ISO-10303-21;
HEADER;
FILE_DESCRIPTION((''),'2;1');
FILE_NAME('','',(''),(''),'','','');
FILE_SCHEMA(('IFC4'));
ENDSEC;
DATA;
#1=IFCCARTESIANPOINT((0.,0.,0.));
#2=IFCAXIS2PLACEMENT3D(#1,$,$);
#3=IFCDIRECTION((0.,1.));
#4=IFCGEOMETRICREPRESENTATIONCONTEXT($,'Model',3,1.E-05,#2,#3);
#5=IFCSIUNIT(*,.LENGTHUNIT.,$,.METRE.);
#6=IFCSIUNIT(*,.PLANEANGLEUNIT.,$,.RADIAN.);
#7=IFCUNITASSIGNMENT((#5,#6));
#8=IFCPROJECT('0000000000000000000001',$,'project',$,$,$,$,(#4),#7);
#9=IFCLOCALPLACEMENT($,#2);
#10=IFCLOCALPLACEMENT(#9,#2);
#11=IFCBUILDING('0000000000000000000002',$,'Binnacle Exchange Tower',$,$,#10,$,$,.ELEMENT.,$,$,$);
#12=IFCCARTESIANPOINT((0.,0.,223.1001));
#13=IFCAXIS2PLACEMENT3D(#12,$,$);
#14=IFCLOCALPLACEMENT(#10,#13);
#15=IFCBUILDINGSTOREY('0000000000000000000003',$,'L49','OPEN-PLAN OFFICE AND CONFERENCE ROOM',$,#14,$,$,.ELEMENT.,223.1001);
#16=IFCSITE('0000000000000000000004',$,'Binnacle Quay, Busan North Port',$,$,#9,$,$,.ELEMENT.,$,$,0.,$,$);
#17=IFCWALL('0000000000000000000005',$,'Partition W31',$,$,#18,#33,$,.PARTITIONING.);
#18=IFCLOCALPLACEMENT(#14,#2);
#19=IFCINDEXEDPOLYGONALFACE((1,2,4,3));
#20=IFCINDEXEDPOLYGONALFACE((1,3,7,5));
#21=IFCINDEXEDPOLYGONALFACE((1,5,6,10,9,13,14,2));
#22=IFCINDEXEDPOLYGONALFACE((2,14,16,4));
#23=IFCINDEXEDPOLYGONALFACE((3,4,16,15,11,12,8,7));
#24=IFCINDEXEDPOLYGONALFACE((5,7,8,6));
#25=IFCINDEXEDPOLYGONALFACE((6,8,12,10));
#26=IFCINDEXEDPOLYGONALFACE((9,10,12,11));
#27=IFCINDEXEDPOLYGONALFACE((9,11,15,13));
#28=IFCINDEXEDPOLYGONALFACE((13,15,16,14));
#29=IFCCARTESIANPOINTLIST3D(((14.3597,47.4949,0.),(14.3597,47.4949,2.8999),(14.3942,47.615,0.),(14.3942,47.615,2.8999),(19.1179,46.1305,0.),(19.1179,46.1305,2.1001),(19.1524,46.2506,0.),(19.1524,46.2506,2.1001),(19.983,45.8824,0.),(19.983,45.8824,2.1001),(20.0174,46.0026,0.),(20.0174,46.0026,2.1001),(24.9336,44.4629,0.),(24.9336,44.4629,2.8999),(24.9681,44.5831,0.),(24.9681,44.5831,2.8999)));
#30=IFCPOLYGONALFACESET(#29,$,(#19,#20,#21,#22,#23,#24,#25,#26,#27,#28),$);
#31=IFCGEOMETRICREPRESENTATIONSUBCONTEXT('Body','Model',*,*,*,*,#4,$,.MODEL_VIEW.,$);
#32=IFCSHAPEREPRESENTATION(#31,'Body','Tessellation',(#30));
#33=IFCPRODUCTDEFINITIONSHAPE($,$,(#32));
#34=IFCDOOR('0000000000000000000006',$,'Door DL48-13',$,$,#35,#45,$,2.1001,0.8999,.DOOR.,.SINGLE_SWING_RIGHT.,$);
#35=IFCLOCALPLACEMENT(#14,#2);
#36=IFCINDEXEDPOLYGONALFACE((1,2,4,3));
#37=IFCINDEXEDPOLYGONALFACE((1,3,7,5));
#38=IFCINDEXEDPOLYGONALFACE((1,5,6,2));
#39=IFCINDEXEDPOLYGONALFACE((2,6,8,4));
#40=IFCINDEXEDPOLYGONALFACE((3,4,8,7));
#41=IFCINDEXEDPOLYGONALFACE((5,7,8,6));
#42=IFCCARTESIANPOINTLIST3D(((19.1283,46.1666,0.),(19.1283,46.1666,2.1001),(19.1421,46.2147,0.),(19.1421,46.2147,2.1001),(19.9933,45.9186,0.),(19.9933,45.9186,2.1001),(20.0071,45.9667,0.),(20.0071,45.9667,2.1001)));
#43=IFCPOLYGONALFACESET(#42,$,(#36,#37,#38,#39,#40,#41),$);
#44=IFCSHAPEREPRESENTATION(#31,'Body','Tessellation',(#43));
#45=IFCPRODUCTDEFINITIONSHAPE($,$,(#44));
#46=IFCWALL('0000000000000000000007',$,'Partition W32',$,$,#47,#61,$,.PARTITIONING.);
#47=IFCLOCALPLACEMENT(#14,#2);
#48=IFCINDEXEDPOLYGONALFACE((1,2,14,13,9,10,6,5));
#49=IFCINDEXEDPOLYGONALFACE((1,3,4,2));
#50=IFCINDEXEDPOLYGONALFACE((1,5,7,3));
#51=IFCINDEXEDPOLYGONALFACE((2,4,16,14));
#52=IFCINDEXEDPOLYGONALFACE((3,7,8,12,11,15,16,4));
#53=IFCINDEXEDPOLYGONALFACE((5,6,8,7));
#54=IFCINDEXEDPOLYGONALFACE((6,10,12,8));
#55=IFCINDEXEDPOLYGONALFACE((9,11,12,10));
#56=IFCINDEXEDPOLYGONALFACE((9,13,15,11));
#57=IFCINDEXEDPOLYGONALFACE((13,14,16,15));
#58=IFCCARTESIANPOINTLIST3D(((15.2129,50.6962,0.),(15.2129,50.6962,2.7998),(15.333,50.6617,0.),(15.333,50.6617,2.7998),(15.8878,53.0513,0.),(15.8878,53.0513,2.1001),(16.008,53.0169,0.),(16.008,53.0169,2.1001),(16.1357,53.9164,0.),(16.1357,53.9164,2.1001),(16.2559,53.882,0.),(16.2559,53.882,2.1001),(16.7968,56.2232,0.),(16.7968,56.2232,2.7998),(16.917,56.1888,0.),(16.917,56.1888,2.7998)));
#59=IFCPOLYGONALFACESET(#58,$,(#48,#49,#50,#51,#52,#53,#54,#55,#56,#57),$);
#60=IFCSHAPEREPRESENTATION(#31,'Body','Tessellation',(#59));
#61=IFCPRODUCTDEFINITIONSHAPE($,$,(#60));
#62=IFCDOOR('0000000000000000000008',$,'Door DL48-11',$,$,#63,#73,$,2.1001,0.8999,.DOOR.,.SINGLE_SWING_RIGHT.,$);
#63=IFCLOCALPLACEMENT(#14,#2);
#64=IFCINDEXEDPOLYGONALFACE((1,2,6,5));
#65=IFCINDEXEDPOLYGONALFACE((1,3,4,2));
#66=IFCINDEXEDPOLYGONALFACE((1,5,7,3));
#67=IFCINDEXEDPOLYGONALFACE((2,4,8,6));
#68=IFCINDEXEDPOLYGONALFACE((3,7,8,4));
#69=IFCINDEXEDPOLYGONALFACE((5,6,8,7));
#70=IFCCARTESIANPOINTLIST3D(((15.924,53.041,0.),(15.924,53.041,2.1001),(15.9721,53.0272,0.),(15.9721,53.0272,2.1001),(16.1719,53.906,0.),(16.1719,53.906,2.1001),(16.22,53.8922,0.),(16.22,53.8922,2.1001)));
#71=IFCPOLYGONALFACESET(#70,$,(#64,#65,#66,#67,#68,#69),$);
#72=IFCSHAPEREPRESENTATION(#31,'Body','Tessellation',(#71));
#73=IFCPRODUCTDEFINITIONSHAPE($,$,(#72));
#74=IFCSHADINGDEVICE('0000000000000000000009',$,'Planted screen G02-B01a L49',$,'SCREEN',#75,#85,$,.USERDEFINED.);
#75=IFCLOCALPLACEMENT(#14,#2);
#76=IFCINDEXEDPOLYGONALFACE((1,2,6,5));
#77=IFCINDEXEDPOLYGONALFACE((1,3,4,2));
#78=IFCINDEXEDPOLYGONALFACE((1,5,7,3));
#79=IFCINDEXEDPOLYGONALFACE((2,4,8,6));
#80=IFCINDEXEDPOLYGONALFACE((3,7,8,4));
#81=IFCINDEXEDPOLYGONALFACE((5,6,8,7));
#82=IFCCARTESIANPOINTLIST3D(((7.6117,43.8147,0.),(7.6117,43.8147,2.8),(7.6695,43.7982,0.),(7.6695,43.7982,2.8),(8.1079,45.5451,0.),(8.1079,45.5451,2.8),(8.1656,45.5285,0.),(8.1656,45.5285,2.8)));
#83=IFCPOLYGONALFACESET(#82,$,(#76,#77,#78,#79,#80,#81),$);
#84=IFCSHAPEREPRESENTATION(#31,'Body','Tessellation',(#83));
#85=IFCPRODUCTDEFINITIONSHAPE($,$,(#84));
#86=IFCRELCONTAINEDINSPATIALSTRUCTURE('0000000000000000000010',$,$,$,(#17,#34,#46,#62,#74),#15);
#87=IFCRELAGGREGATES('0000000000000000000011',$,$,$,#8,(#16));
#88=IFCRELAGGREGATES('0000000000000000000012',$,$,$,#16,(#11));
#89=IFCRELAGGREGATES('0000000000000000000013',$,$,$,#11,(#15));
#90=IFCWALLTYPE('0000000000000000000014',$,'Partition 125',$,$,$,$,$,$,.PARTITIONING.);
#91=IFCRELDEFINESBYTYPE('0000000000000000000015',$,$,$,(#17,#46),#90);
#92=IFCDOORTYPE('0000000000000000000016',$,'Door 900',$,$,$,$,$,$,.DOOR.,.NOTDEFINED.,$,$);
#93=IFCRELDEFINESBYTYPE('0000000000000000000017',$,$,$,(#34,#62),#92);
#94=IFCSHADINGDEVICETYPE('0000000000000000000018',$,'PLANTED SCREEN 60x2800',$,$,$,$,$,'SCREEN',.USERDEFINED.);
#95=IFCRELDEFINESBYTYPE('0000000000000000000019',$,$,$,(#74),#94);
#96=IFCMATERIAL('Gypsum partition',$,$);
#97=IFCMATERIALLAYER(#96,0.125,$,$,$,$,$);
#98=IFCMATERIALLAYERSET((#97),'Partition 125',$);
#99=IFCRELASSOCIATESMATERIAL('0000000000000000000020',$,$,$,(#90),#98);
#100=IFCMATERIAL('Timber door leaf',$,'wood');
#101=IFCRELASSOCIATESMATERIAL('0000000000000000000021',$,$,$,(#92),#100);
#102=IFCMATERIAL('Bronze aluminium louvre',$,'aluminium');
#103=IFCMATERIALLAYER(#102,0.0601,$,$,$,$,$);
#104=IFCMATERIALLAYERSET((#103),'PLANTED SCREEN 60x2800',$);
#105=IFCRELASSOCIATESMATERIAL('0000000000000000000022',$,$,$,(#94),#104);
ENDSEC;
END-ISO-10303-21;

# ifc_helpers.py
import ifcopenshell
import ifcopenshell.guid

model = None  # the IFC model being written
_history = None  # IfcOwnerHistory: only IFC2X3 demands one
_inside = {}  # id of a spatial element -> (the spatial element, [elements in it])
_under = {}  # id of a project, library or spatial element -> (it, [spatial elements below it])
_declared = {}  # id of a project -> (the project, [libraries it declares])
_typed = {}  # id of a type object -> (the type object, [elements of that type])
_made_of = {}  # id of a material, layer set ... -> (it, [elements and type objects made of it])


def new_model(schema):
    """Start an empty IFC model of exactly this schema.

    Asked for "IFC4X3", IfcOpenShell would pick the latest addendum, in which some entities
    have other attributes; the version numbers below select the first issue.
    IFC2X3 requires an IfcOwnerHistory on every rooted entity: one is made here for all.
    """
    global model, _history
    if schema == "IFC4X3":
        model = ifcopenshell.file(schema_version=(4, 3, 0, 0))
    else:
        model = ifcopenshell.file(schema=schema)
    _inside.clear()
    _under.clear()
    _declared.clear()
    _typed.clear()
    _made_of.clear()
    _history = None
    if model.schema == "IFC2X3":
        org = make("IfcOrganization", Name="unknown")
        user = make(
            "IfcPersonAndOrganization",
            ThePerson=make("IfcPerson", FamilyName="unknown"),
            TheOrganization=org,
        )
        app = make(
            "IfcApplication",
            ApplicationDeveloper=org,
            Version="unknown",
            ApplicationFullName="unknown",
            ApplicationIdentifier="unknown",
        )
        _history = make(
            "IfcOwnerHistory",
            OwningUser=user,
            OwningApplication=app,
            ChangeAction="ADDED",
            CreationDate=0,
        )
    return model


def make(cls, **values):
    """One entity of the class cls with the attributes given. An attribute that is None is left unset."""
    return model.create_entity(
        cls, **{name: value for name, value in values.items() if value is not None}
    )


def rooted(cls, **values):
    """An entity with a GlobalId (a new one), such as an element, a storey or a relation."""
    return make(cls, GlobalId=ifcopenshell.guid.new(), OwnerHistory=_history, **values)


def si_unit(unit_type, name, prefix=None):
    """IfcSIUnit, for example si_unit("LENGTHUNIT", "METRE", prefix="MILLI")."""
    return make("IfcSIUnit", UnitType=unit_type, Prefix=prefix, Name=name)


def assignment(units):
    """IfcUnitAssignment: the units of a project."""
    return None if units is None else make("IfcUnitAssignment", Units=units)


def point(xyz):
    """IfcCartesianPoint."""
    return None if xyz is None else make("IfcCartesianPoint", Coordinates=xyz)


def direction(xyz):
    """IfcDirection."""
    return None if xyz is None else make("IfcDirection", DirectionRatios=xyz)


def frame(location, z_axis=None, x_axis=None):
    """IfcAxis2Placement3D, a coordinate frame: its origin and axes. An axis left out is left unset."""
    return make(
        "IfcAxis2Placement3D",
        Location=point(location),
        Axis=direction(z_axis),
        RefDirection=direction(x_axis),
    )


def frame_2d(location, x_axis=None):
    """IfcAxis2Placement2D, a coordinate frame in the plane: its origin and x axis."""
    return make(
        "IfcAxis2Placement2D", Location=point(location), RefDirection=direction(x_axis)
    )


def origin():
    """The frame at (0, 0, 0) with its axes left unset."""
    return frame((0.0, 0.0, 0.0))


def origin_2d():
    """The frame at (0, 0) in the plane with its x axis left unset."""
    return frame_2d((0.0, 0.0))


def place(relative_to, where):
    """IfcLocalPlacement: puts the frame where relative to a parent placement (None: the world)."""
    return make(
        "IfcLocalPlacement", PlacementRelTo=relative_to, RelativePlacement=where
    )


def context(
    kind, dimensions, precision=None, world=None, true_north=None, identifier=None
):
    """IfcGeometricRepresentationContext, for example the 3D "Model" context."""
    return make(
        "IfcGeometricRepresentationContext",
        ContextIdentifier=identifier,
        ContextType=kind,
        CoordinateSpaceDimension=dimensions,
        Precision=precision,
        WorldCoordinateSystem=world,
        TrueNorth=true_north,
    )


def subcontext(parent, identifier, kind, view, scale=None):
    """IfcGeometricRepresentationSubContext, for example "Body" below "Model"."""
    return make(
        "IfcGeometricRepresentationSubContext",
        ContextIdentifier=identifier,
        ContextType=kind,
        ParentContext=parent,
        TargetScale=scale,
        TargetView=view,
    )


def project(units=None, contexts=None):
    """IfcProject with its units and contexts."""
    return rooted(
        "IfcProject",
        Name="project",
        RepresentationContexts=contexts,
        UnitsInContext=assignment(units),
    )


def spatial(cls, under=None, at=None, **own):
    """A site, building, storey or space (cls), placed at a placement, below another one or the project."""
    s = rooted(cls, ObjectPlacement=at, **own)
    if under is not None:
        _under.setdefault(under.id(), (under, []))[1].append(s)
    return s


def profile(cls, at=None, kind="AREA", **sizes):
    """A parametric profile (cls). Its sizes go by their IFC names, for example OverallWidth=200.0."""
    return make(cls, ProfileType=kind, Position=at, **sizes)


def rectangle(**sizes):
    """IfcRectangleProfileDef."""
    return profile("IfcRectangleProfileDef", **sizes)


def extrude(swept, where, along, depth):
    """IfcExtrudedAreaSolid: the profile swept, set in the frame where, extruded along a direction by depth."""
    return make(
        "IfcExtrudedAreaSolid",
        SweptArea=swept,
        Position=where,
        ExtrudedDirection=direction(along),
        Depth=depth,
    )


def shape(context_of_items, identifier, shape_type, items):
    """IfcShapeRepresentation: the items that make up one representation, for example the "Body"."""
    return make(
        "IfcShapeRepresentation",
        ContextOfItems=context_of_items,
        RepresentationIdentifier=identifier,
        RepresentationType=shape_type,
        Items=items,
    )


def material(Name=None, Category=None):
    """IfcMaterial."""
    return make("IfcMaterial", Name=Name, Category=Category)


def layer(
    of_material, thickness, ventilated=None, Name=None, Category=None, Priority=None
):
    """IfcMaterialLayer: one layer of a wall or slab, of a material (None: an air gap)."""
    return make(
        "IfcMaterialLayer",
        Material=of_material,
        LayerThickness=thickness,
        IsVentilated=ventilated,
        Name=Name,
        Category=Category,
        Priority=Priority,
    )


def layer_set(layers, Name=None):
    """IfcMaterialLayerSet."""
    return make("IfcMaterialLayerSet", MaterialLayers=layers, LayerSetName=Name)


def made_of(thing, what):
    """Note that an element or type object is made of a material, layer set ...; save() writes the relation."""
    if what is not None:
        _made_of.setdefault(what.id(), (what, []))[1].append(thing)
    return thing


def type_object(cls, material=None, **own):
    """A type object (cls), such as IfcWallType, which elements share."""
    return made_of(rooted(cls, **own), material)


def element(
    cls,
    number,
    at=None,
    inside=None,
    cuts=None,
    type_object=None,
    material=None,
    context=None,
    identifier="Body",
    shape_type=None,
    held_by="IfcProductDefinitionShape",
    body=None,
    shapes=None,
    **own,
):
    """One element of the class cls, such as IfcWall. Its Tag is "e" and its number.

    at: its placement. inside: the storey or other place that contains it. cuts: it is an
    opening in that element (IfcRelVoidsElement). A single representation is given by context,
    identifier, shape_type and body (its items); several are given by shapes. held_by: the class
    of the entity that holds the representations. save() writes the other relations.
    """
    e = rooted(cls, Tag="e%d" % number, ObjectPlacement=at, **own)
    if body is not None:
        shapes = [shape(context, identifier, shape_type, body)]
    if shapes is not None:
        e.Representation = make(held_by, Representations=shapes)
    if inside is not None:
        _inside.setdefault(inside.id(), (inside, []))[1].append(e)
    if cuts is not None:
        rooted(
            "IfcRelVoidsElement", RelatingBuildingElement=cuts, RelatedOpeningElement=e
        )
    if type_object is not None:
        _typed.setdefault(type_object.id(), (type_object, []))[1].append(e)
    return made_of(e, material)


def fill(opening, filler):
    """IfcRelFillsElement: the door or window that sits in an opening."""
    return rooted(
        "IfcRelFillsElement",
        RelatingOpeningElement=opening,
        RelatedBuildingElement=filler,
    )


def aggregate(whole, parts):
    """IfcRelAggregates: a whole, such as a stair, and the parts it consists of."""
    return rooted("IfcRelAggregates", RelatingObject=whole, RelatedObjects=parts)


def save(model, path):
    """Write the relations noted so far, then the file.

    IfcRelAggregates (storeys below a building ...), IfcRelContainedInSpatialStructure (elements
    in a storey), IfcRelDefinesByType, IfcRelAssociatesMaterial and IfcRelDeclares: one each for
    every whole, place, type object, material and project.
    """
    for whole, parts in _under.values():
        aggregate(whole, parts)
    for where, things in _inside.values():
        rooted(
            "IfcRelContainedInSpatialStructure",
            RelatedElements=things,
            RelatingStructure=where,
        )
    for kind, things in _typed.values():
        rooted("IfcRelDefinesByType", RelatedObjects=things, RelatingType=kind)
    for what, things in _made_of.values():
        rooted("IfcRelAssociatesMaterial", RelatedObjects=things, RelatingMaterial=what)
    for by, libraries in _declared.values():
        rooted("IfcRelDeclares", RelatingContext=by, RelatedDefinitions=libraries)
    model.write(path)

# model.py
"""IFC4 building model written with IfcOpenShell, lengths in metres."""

from ifc_helpers import new_model, si_unit, direction, frame, frame_2d, origin, origin_2d, place, context, subcontext, project, spatial, rectangle, extrude, material, layer, layer_set, type_object, element, fill, save


model = new_model("IFC4")

# Units and contexts
model_context = context("Model", 3, precision=1e-05, world=origin(), true_north=direction((0.0, 1.0)))
body_context = subcontext(model_context, "Body", "Model", "MODEL_VIEW")
ifc_project = project(units=[si_unit("LENGTHUNIT", "METRE"), si_unit("PLANEANGLEUNIT", "RADIAN")], contexts=[model_context])

# Site, building, storey
site_placement = place(None, origin())
site = spatial("IfcSite", under=ifc_project, at=site_placement, Name="Binnacle Quay, Busan North Port", CompositionType="ELEMENT", RefElevation=0.0)
building_placement = place(site_placement, origin())
building = spatial("IfcBuilding", under=site, at=building_placement, Name="Binnacle Exchange Tower", CompositionType="ELEMENT")
storey_placement = place(building_placement, frame((0.0, 0.0, 223.1001)))
storey = spatial("IfcBuildingStorey", under=building, at=storey_placement, Name="L49", Description="OPEN-PLAN OFFICE AND CONFERENCE ROOM", CompositionType="ELEMENT", Elevation=223.1001)

# Shared definitions
ifc_material_1 = material(Name="Gypsum partition")
ifc_layer_1 = layer(ifc_material_1, 0.125)
ifc_layer_set_1 = layer_set([ifc_layer_1], Name="Partition 125")
wall_type_1 = type_object("IfcWallType", Name="Partition 125", PredefinedType="PARTITIONING", material=ifc_layer_set_1)

# Walls, openings, doors
wall_1_placement = place(storey_placement, frame((14.377, 47.5549, 0.0), z_axis=(0.0, 0.0, 1.0), x_axis=(0.961263, -0.275633, 0.0)))
wall_1 = element("IfcWall", 1, at=wall_1_placement, inside=storey, type_object=wall_type_1, Name="Partition W31", PredefinedType="PARTITIONING", context=body_context, shape_type="SweptSolid", body=[
    extrude(rectangle(XDim=11.0, YDim=0.125, at=frame_2d((5.5, 0.0))), origin(), (0.0, 0.0, 1.0), 2.8999),
])
opening_1_placement = place(wall_1_placement, frame((4.95, 0.0, 0.0)))
opening_1 = element("IfcOpeningElement", 2, at=opening_1_placement, cuts=wall_1, PredefinedType="OPENING", context=body_context, shape_type="SweptSolid", body=[
    extrude(rectangle(XDim=0.8999, YDim=2.1001, at=frame_2d((0.45, 1.05))), frame((0.0, 0.0725, 0.0), z_axis=(0.0, -1.0, 0.0), x_axis=(1.0, 0.0, 0.0)), (0.0, 0.0, 1.0), 0.145),
])
ifc_material_2 = material(Name="Timber door leaf", Category="wood")
door_type_1 = type_object("IfcDoorType", Name="Door 900", OperationType="NOTDEFINED", PredefinedType="DOOR", material=ifc_material_2)
door_1_placement = place(opening_1_placement, frame((0.8999, 0.0, 0.0), z_axis=(0.0, 0.0, 1.0), x_axis=(-1.0, 0.0, 0.0)))
door_1 = element("IfcDoor", 3, at=door_1_placement, inside=storey, type_object=door_type_1, Name="Door DL48-13", OperationType="SINGLE_SWING_RIGHT", OverallHeight=2.1001, OverallWidth=0.8999, PredefinedType="DOOR", context=body_context, shape_type="SweptSolid", body=[
    extrude(rectangle(XDim=0.8999, YDim=2.1001, at=frame_2d((0.45, 1.05))), frame((0.0, 0.0249, 0.0), z_axis=(0.0, -1.0, 0.0), x_axis=(1.0, 0.0, 0.0)), (0.0, 0.0, 1.0), 0.05),
])
fill(opening_1, door_1)
wall_2_placement = place(storey_placement, frame((15.2729, 50.679, 0.0), z_axis=(0.0, 0.0, 1.0), x_axis=(0.275495, 0.961303, 0.0)))
wall_2 = element("IfcWall", 4, at=wall_2_placement, inside=storey, type_object=wall_type_1, Name="Partition W32", PredefinedType="PARTITIONING", context=body_context, shape_type="SweptSolid", body=[
    extrude(rectangle(XDim=5.7495, YDim=0.125, at=frame_2d((2.8748, 0.0))), origin(), (0.0, 0.0, 1.0), 2.7998),
])
opening_2_placement = place(wall_2_placement, frame((2.45, 0.0, 0.0)))
opening_2 = element("IfcOpeningElement", 5, at=opening_2_placement, cuts=wall_2, PredefinedType="OPENING", context=body_context, shape_type="SweptSolid", body=[
    extrude(rectangle(XDim=0.8999, YDim=2.1001, at=frame_2d((0.45, 1.05))), frame((0.0, 0.0725, 0.0), z_axis=(0.0, -1.0, 0.0), x_axis=(1.0, 0.0, 0.0)), (0.0, 0.0, 1.0), 0.145),
])
door_2_placement = place(opening_2_placement, origin())
door_2 = element("IfcDoor", 6, at=door_2_placement, inside=storey, type_object=door_type_1, Name="Door DL48-11", OperationType="SINGLE_SWING_RIGHT", OverallHeight=2.1001, OverallWidth=0.8999, PredefinedType="DOOR", context=body_context, shape_type="SweptSolid", body=[
    extrude(rectangle(XDim=0.8999, YDim=2.1001, at=frame_2d((0.45, 1.05))), frame((0.0, 0.0249, 0.0), z_axis=(0.0, -1.0, 0.0), x_axis=(1.0, 0.0, 0.0)), (0.0, 0.0, 1.0), 0.05),
])
fill(opening_2, door_2)

# Shading device
ifc_material_3 = material(Name="Bronze aluminium louvre", Category="aluminium")
ifc_layer_2 = layer(ifc_material_3, 0.0601)
ifc_layer_set_2 = layer_set([ifc_layer_2], Name="PLANTED SCREEN 60x2800")
shading_device_type = type_object("IfcShadingDeviceType", Name="PLANTED SCREEN 60x2800", ElementType="SCREEN", PredefinedType="USERDEFINED", material=ifc_layer_set_2)
shading_device_placement = place(storey_placement, frame((7.8887, 44.6716, 0.0), z_axis=(0.0, 0.0, 1.0), x_axis=(0.961262, -0.275637, 0.0)))
element("IfcShadingDevice", 7, at=shading_device_placement, inside=storey, type_object=shading_device_type, Name="Planted screen G02-B01a L49", ObjectType="SCREEN", PredefinedType="USERDEFINED", context=body_context, shape_type="SweptSolid", body=[
    extrude(rectangle(XDim=0.0601, YDim=1.8, at=origin_2d()), origin(), (0.0, 0.0, 1.0), 2.8),
])

save(model, "model.ifc")
